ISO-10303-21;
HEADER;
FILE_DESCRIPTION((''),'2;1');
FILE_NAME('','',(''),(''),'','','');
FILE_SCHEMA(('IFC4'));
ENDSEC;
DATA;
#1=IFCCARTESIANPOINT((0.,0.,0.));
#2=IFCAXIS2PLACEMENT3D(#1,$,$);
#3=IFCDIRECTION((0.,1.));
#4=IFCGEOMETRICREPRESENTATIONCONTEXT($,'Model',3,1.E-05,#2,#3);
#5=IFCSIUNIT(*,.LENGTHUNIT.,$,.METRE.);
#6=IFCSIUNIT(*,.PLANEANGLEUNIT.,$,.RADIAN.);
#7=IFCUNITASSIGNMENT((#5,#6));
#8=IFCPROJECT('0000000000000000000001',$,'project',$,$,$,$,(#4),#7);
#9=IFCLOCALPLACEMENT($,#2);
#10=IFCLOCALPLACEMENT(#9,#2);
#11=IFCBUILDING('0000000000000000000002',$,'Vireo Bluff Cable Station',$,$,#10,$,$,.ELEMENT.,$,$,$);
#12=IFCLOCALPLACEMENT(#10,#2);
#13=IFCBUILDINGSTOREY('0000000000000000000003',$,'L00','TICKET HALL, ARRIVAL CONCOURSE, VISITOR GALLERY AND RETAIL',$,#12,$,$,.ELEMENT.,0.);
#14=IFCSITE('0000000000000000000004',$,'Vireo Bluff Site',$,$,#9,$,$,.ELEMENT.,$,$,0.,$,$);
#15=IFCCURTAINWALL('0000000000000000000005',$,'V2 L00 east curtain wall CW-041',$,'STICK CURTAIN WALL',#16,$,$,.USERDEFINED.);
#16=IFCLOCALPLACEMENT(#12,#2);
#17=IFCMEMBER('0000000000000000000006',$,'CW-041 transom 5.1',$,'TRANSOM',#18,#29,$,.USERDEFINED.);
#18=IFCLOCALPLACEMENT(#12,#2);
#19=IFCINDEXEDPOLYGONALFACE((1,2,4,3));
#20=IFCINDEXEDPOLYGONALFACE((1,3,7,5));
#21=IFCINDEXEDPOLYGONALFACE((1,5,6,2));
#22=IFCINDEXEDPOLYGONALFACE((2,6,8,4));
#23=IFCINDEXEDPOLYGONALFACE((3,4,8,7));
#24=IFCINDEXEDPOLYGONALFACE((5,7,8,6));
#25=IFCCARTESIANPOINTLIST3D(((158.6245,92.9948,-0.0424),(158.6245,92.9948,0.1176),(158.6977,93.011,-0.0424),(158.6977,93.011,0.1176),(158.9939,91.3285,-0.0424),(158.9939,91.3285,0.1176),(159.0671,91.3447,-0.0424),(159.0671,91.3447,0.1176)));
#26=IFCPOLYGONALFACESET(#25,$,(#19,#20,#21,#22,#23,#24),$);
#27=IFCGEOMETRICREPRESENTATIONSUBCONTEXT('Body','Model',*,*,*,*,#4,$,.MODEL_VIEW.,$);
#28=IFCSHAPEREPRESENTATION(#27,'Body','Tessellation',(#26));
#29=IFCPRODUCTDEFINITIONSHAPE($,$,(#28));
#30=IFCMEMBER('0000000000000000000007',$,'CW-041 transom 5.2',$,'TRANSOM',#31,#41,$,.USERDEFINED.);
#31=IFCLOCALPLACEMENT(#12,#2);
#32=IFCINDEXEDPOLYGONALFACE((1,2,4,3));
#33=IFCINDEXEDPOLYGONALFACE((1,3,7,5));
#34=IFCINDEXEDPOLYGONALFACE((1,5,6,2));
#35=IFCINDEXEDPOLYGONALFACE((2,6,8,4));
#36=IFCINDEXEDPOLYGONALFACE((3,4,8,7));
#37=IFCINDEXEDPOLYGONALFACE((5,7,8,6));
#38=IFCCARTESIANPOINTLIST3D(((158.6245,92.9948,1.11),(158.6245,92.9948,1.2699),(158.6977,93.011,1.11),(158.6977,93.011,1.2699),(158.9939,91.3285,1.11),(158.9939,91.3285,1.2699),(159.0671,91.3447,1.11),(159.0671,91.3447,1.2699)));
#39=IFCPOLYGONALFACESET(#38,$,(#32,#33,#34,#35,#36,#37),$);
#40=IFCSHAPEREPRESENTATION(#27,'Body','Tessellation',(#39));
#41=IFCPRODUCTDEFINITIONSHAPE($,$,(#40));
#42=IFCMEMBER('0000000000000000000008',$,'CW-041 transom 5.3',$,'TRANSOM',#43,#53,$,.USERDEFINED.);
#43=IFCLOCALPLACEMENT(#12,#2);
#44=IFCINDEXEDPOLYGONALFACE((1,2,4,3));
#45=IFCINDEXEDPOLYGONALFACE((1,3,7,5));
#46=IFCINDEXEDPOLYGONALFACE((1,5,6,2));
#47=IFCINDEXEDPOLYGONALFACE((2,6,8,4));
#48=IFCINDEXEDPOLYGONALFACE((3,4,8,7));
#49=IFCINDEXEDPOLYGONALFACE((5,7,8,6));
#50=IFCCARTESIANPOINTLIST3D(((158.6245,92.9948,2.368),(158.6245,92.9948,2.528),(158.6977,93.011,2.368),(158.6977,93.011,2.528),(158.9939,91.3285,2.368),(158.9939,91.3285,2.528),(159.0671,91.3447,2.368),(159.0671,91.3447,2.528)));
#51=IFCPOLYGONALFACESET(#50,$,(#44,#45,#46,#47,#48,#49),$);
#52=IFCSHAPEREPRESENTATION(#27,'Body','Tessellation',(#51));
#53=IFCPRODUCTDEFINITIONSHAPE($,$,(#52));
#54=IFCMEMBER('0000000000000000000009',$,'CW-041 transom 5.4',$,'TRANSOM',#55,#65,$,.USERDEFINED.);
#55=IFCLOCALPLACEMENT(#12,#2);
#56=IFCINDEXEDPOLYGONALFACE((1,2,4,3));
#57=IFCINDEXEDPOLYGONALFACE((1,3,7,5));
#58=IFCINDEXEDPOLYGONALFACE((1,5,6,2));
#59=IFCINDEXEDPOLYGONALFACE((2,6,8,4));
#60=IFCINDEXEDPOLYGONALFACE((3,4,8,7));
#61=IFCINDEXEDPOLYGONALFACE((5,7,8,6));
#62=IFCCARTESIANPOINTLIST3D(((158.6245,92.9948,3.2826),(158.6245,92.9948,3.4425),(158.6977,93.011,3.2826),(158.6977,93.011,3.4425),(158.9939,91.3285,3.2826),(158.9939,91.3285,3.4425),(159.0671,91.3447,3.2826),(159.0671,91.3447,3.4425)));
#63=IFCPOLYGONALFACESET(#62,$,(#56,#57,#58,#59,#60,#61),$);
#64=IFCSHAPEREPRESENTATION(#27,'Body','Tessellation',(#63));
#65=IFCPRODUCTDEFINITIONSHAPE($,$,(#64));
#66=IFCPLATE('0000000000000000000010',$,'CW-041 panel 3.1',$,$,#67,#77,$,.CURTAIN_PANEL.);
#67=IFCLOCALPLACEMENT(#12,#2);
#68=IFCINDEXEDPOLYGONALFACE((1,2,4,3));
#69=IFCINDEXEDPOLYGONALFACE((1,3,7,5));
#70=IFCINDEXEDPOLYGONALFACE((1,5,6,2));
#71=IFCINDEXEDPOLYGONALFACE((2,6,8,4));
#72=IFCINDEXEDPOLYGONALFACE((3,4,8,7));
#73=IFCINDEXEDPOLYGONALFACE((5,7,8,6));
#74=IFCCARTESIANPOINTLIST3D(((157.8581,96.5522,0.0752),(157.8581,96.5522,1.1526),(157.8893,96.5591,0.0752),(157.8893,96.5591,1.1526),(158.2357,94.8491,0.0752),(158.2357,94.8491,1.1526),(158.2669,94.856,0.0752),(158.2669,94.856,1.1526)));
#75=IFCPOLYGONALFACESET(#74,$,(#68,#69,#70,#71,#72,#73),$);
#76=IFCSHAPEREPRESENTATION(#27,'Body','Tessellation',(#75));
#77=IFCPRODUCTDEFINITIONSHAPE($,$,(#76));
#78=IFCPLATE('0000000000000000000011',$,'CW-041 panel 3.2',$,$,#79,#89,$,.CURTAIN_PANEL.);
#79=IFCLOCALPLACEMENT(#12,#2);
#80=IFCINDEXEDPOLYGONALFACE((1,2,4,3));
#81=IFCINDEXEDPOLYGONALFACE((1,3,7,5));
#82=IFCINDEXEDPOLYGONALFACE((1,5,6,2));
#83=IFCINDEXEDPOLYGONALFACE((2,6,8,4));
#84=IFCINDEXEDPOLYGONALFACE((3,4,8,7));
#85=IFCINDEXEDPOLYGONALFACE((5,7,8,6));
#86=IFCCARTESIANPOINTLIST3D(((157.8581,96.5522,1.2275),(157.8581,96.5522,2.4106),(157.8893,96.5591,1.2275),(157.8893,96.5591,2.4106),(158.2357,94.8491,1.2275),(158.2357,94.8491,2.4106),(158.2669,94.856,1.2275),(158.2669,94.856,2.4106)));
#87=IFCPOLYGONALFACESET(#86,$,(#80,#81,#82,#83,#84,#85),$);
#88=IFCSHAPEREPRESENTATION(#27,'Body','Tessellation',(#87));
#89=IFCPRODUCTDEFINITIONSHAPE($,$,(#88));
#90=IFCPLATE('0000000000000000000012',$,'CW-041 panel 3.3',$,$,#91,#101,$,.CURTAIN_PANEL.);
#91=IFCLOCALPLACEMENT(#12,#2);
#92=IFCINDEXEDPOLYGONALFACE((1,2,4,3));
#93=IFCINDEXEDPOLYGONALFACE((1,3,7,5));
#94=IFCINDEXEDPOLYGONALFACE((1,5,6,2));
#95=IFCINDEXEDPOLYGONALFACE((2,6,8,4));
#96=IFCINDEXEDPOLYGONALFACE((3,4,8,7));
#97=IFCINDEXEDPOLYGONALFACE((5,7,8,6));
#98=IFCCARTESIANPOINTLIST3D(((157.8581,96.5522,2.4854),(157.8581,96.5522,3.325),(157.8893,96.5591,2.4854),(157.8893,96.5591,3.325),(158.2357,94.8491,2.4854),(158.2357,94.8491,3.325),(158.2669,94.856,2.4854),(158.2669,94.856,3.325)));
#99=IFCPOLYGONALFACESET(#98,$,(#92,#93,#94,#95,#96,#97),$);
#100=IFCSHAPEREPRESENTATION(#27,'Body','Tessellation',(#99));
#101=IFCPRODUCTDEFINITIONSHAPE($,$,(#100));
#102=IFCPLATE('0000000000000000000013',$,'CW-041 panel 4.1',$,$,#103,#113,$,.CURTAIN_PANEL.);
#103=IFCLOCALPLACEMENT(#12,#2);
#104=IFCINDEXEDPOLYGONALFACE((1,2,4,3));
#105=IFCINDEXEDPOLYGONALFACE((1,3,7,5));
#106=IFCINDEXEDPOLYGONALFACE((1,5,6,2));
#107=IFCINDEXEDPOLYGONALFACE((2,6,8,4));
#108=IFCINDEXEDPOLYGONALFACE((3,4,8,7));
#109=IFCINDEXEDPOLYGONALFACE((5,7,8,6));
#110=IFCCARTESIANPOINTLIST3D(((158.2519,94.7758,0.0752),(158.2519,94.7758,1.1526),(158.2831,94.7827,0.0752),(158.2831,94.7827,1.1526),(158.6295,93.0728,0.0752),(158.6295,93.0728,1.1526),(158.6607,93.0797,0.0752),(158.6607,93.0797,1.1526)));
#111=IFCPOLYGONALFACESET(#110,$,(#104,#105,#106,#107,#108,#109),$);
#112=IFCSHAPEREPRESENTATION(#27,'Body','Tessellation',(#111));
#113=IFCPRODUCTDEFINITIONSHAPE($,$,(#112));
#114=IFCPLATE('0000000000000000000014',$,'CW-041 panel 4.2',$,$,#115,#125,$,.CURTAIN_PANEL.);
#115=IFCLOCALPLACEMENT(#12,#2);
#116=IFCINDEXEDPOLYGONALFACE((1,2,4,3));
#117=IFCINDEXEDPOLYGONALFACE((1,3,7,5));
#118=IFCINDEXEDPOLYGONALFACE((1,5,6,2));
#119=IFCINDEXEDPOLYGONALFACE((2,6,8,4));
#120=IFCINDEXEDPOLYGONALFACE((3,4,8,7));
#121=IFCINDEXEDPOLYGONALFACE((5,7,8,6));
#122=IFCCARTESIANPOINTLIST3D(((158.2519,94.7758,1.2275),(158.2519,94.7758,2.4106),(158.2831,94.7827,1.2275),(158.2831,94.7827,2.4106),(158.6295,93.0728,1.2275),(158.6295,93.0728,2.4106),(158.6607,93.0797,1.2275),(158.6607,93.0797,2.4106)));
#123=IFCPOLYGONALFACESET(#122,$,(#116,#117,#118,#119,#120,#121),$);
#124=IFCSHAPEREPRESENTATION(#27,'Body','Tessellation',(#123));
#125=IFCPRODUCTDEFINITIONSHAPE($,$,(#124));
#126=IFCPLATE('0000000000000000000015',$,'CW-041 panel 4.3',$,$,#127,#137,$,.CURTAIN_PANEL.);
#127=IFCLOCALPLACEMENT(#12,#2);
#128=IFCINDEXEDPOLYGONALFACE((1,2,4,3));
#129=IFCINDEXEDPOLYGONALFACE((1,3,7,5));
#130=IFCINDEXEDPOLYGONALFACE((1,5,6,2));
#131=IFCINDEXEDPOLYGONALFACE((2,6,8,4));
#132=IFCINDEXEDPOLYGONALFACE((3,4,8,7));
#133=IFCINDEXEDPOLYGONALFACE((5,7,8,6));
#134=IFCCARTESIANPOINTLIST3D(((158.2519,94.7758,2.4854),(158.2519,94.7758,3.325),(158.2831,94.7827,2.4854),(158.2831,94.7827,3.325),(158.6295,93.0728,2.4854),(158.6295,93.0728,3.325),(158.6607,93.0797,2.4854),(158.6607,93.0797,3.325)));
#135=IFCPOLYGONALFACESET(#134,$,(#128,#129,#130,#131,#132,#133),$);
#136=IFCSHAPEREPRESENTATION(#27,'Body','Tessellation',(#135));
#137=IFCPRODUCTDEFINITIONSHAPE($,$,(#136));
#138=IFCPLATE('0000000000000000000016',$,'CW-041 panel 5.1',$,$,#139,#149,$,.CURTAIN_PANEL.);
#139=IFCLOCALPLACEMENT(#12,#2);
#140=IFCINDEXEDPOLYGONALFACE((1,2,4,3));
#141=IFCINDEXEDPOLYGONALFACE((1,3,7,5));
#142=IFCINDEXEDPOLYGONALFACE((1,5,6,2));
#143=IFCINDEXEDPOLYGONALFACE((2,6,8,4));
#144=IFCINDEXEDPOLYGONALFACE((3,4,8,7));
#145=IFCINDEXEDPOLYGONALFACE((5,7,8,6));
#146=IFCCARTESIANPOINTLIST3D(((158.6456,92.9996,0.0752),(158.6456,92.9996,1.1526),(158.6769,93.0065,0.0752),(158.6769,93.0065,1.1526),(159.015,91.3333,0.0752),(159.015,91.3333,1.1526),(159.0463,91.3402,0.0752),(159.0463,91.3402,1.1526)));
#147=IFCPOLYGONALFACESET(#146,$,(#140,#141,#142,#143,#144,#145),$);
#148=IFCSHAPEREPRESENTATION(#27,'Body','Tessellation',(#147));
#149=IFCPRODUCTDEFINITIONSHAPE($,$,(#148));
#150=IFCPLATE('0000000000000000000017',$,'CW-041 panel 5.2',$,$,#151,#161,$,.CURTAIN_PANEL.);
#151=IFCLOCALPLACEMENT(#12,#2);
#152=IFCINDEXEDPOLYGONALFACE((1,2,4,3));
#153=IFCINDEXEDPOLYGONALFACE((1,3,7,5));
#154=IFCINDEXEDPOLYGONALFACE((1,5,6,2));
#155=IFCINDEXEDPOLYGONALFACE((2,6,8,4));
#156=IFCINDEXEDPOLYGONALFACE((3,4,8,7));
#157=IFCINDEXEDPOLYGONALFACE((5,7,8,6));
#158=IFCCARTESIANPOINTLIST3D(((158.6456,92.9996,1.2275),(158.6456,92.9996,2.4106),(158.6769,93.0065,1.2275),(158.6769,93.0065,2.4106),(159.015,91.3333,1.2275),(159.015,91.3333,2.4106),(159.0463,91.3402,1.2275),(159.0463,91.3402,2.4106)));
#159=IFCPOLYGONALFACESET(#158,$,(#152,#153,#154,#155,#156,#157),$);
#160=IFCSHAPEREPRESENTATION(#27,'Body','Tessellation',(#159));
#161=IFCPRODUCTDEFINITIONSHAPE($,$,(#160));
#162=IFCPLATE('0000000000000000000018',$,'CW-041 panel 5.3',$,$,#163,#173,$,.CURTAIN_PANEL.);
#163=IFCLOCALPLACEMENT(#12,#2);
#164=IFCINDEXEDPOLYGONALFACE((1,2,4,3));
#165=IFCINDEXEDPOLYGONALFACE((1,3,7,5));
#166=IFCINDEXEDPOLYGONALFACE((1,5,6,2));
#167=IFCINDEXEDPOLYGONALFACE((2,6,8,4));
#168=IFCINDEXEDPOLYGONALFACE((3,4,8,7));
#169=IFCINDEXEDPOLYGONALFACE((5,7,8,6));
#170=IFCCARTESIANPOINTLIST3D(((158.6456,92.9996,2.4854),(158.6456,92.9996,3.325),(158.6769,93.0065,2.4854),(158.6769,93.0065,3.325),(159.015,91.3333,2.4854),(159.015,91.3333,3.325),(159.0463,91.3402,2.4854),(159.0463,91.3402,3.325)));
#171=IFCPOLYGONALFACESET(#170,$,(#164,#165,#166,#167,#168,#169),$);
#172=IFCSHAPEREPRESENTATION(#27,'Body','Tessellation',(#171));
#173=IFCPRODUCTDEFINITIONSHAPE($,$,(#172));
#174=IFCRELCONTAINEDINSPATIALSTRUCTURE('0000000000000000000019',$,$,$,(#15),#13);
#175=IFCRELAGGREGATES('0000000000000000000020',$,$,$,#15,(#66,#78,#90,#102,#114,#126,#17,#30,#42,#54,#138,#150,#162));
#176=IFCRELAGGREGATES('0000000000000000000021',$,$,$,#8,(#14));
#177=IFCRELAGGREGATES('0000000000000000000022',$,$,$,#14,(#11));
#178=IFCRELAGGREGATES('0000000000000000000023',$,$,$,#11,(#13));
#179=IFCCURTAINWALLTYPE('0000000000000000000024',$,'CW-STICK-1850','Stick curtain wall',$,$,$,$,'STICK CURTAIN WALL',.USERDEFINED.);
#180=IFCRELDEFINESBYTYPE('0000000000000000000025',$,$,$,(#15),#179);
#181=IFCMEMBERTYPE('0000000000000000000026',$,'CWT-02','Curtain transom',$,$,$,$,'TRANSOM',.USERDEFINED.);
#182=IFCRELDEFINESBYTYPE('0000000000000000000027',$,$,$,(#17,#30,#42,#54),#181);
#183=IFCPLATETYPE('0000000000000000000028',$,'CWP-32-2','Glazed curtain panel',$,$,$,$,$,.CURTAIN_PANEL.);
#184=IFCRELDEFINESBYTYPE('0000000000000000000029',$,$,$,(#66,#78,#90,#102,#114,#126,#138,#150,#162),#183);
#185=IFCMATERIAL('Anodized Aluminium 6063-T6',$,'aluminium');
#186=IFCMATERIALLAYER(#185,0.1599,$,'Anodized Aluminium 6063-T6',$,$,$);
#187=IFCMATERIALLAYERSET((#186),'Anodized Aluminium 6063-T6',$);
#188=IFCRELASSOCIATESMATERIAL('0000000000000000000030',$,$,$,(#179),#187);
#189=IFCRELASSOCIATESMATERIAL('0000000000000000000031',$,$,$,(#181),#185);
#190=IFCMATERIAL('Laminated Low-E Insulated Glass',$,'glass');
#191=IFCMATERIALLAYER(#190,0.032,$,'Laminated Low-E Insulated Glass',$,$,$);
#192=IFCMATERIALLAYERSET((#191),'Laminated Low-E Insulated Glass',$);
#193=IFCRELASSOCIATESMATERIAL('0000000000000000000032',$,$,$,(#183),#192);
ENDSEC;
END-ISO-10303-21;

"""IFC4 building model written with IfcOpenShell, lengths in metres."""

from ifc_helpers import new_model, si_unit, direction, frame, origin, origin_2d, place, context, subcontext, project, spatial, rectangle, extrude, material, layer, layer_set, material_profile, profile_set, type_object, element, aggregate, save


model = new_model("IFC4")

# Units and contexts
model_context = context("Model", 3, precision=1e-05, world=origin(), true_north=direction((0.0, 1.0)))
body_context = subcontext(model_context, "Body", "Model", "MODEL_VIEW")
ifc_project = project(units=[si_unit("LENGTHUNIT", "METRE"), si_unit("PLANEANGLEUNIT", "RADIAN")], contexts=[model_context])

# Site, building, storey
site_placement = place(None, origin())
site = spatial("IfcSite", under=ifc_project, at=site_placement, Name="Vireo Bluff Site", CompositionType="ELEMENT", RefElevation=0.0)
building_placement = place(site_placement, origin())
building = spatial("IfcBuilding", under=site, at=building_placement, Name="Vireo Bluff Cable Station", CompositionType="ELEMENT")
storey_placement = place(building_placement, origin())
storey = spatial("IfcBuildingStorey", under=building, at=storey_placement, Name="L00", Description="TICKET HALL, ARRIVAL CONCOURSE, VISITOR GALLERY AND RETAIL", CompositionType="ELEMENT", Elevation=0.0)

# Curtain wall, members, plates
ifc_material_1 = material(Name="Anodized Aluminium 6063-T6", Category="aluminium")
ifc_layer_1 = layer(ifc_material_1, 0.1599, Name="Anodized Aluminium 6063-T6")
ifc_layer_set_1 = layer_set([ifc_layer_1], Name="Anodized Aluminium 6063-T6")
curtain_wall_type = type_object("IfcCurtainWallType", Name="CW-STICK-1850", Description="Stick curtain wall", ElementType="STICK CURTAIN WALL", PredefinedType="USERDEFINED", material=ifc_layer_set_1)
curtain_wall_placement = place(storey_placement, origin())
curtain_wall = element("IfcCurtainWall", 1, at=curtain_wall_placement, inside=storey, type_object=curtain_wall_type, Name="V2 L00 east curtain wall CW-041", ObjectType="STICK CURTAIN WALL", PredefinedType="USERDEFINED")
ifc_material_profile_1 = material_profile(ifc_material_1, rectangle(XDim=0.075, YDim=0.1599, at=origin_2d()), Name="ALU-T-75X160")
ifc_profile_set_1 = profile_set([ifc_material_profile_1], Name="Anodized Aluminium 6063-T6")
member_type_1 = type_object("IfcMemberType", Name="CWT-02", Description="Curtain transom", ElementType="TRANSOM", PredefinedType="USERDEFINED", material=ifc_profile_set_1)
member_1_placement = place(storey_placement, frame((158.6611, 93.0029, 0.0376), z_axis=(0.216431, -0.976298, 0.0), x_axis=(0.976298, 0.216431, 0.0)))
member_1 = element("IfcMember", 2, at=member_1_placement, type_object=member_type_1, Name="CW-041 transom 5.1", ObjectType="TRANSOM", PredefinedType="USERDEFINED", context=body_context, shape_type="SweptSolid", body=[
    extrude(rectangle(XDim=0.075, YDim=0.1599, at=origin_2d()), origin(), (0.0, 0.0, 1.0), 1.7068),
])
member_2_placement = place(storey_placement, frame((158.6611, 93.0029, 1.1899), z_axis=(0.216431, -0.976298, 0.0), x_axis=(0.976298, 0.216431, 0.0)))
member_2 = element("IfcMember", 3, at=member_2_placement, type_object=member_type_1, Name="CW-041 transom 5.2", ObjectType="TRANSOM", PredefinedType="USERDEFINED", context=body_context, shape_type="SweptSolid", body=[
    extrude(rectangle(XDim=0.075, YDim=0.1599, at=origin_2d()), origin(), (0.0, 0.0, 1.0), 1.7068),
])
member_3_placement = place(storey_placement, frame((158.6611, 93.0029, 2.448), z_axis=(0.216431, -0.976298, 0.0), x_axis=(0.976298, 0.216431, 0.0)))
member_3 = element("IfcMember", 4, at=member_3_placement, type_object=member_type_1, Name="CW-041 transom 5.3", ObjectType="TRANSOM", PredefinedType="USERDEFINED", context=body_context, shape_type="SweptSolid", body=[
    extrude(rectangle(XDim=0.075, YDim=0.1599, at=origin_2d()), origin(), (0.0, 0.0, 1.0), 1.7068),
])
member_4_placement = place(storey_placement, frame((158.6611, 93.0029, 3.3625), z_axis=(0.216431, -0.976298, 0.0), x_axis=(0.976298, 0.216431, 0.0)))
member_4 = element("IfcMember", 5, at=member_4_placement, type_object=member_type_1, Name="CW-041 transom 5.4", ObjectType="TRANSOM", PredefinedType="USERDEFINED", context=body_context, shape_type="SweptSolid", body=[
    extrude(rectangle(XDim=0.075, YDim=0.1599, at=origin_2d()), origin(), (0.0, 0.0, 1.0), 1.7068),
])
ifc_material_2 = material(Name="Laminated Low-E Insulated Glass", Category="glass")
ifc_layer_2 = layer(ifc_material_2, 0.032, Name="Laminated Low-E Insulated Glass")
ifc_layer_set_2 = layer_set([ifc_layer_2], Name="Laminated Low-E Insulated Glass")
plate_type = type_object("IfcPlateType", Name="CWP-32-2", Description="Glazed curtain panel", PredefinedType="CURTAIN_PANEL", material=ifc_layer_set_2)
plate_1_placement = place(storey_placement, frame((158.0625, 95.7041, 0.0752), z_axis=(0.0, 0.0, 1.0), x_axis=(0.21644, -0.976296, 0.0)))
plate_1 = element("IfcPlate", 6, at=plate_1_placement, type_object=plate_type, Name="CW-041 panel 3.1", PredefinedType="CURTAIN_PANEL", context=body_context, shape_type="SweptSolid", body=[
    extrude(rectangle(XDim=1.7444, YDim=0.032, at=origin_2d()), origin(), (0.0, 0.0, 1.0), 1.0774),
])
plate_2_placement = place(storey_placement, frame((158.0625, 95.7041, 1.2275), z_axis=(0.0, 0.0, 1.0), x_axis=(0.21644, -0.976296, 0.0)))
plate_2 = element("IfcPlate", 7, at=plate_2_placement, type_object=plate_type, Name="CW-041 panel 3.2", PredefinedType="CURTAIN_PANEL", context=body_context, shape_type="SweptSolid", body=[
    extrude(rectangle(XDim=1.7444, YDim=0.032, at=origin_2d()), origin(), (0.0, 0.0, 1.0), 1.1831),
])
plate_3_placement = place(storey_placement, frame((158.0625, 95.7041, 2.4854), z_axis=(0.0, 0.0, 1.0), x_axis=(0.21644, -0.976296, 0.0)))
plate_3 = element("IfcPlate", 8, at=plate_3_placement, type_object=plate_type, Name="CW-041 panel 3.3", PredefinedType="CURTAIN_PANEL", context=body_context, shape_type="SweptSolid", body=[
    extrude(rectangle(XDim=1.7444, YDim=0.032, at=origin_2d()), origin(), (0.0, 0.0, 1.0), 0.8396),
])
plate_4_placement = place(storey_placement, frame((158.4563, 93.9277, 0.0752), z_axis=(0.0, 0.0, 1.0), x_axis=(0.21644, -0.976296, 0.0)))
plate_4 = element("IfcPlate", 9, at=plate_4_placement, type_object=plate_type, Name="CW-041 panel 4.1", PredefinedType="CURTAIN_PANEL", context=body_context, shape_type="SweptSolid", body=[
    extrude(rectangle(XDim=1.7444, YDim=0.032, at=origin_2d()), origin(), (0.0, 0.0, 1.0), 1.0774),
])
plate_5_placement = place(storey_placement, frame((158.4563, 93.9277, 1.2275), z_axis=(0.0, 0.0, 1.0), x_axis=(0.21644, -0.976296, 0.0)))
plate_5 = element("IfcPlate", 10, at=plate_5_placement, type_object=plate_type, Name="CW-041 panel 4.2", PredefinedType="CURTAIN_PANEL", context=body_context, shape_type="SweptSolid", body=[
    extrude(rectangle(XDim=1.7444, YDim=0.032, at=origin_2d()), origin(), (0.0, 0.0, 1.0), 1.1831),
])
plate_6_placement = place(storey_placement, frame((158.4563, 93.9277, 2.4854), z_axis=(0.0, 0.0, 1.0), x_axis=(0.21644, -0.976296, 0.0)))
plate_6 = element("IfcPlate", 11, at=plate_6_placement, type_object=plate_type, Name="CW-041 panel 4.3", PredefinedType="CURTAIN_PANEL", context=body_context, shape_type="SweptSolid", body=[
    extrude(rectangle(XDim=1.7444, YDim=0.032, at=origin_2d()), origin(), (0.0, 0.0, 1.0), 0.8396),
])
plate_7_placement = place(storey_placement, frame((158.8459, 92.1699, 0.0752), z_axis=(0.0, 0.0, 1.0), x_axis=(0.21644, -0.976296, 0.0)))
plate_7 = element("IfcPlate", 12, at=plate_7_placement, type_object=plate_type, Name="CW-041 panel 5.1", PredefinedType="CURTAIN_PANEL", context=body_context, shape_type="SweptSolid", body=[
    extrude(rectangle(XDim=1.7068, YDim=0.032, at=origin_2d()), origin(), (0.0, 0.0, 1.0), 1.0774),
])
plate_8_placement = place(storey_placement, frame((158.8459, 92.1699, 1.2275), z_axis=(0.0, 0.0, 1.0), x_axis=(0.21644, -0.976296, 0.0)))
plate_8 = element("IfcPlate", 13, at=plate_8_placement, type_object=plate_type, Name="CW-041 panel 5.2", PredefinedType="CURTAIN_PANEL", context=body_context, shape_type="SweptSolid", body=[
    extrude(rectangle(XDim=1.7068, YDim=0.032, at=origin_2d()), origin(), (0.0, 0.0, 1.0), 1.1831),
])
plate_9_placement = place(storey_placement, frame((158.8459, 92.1699, 2.4854), z_axis=(0.0, 0.0, 1.0), x_axis=(0.21644, -0.976296, 0.0)))
plate_9 = element("IfcPlate", 14, at=plate_9_placement, type_object=plate_type, Name="CW-041 panel 5.3", PredefinedType="CURTAIN_PANEL", context=body_context, shape_type="SweptSolid", body=[
    extrude(rectangle(XDim=1.7068, YDim=0.032, at=origin_2d()), origin(), (0.0, 0.0, 1.0), 0.8396),
])
aggregate(curtain_wall, [plate_1, plate_2, plate_3, plate_4, plate_5, plate_6, member_1, member_2, member_3, member_4, plate_7, plate_8, plate_9])

save(model, "model.ifc")
